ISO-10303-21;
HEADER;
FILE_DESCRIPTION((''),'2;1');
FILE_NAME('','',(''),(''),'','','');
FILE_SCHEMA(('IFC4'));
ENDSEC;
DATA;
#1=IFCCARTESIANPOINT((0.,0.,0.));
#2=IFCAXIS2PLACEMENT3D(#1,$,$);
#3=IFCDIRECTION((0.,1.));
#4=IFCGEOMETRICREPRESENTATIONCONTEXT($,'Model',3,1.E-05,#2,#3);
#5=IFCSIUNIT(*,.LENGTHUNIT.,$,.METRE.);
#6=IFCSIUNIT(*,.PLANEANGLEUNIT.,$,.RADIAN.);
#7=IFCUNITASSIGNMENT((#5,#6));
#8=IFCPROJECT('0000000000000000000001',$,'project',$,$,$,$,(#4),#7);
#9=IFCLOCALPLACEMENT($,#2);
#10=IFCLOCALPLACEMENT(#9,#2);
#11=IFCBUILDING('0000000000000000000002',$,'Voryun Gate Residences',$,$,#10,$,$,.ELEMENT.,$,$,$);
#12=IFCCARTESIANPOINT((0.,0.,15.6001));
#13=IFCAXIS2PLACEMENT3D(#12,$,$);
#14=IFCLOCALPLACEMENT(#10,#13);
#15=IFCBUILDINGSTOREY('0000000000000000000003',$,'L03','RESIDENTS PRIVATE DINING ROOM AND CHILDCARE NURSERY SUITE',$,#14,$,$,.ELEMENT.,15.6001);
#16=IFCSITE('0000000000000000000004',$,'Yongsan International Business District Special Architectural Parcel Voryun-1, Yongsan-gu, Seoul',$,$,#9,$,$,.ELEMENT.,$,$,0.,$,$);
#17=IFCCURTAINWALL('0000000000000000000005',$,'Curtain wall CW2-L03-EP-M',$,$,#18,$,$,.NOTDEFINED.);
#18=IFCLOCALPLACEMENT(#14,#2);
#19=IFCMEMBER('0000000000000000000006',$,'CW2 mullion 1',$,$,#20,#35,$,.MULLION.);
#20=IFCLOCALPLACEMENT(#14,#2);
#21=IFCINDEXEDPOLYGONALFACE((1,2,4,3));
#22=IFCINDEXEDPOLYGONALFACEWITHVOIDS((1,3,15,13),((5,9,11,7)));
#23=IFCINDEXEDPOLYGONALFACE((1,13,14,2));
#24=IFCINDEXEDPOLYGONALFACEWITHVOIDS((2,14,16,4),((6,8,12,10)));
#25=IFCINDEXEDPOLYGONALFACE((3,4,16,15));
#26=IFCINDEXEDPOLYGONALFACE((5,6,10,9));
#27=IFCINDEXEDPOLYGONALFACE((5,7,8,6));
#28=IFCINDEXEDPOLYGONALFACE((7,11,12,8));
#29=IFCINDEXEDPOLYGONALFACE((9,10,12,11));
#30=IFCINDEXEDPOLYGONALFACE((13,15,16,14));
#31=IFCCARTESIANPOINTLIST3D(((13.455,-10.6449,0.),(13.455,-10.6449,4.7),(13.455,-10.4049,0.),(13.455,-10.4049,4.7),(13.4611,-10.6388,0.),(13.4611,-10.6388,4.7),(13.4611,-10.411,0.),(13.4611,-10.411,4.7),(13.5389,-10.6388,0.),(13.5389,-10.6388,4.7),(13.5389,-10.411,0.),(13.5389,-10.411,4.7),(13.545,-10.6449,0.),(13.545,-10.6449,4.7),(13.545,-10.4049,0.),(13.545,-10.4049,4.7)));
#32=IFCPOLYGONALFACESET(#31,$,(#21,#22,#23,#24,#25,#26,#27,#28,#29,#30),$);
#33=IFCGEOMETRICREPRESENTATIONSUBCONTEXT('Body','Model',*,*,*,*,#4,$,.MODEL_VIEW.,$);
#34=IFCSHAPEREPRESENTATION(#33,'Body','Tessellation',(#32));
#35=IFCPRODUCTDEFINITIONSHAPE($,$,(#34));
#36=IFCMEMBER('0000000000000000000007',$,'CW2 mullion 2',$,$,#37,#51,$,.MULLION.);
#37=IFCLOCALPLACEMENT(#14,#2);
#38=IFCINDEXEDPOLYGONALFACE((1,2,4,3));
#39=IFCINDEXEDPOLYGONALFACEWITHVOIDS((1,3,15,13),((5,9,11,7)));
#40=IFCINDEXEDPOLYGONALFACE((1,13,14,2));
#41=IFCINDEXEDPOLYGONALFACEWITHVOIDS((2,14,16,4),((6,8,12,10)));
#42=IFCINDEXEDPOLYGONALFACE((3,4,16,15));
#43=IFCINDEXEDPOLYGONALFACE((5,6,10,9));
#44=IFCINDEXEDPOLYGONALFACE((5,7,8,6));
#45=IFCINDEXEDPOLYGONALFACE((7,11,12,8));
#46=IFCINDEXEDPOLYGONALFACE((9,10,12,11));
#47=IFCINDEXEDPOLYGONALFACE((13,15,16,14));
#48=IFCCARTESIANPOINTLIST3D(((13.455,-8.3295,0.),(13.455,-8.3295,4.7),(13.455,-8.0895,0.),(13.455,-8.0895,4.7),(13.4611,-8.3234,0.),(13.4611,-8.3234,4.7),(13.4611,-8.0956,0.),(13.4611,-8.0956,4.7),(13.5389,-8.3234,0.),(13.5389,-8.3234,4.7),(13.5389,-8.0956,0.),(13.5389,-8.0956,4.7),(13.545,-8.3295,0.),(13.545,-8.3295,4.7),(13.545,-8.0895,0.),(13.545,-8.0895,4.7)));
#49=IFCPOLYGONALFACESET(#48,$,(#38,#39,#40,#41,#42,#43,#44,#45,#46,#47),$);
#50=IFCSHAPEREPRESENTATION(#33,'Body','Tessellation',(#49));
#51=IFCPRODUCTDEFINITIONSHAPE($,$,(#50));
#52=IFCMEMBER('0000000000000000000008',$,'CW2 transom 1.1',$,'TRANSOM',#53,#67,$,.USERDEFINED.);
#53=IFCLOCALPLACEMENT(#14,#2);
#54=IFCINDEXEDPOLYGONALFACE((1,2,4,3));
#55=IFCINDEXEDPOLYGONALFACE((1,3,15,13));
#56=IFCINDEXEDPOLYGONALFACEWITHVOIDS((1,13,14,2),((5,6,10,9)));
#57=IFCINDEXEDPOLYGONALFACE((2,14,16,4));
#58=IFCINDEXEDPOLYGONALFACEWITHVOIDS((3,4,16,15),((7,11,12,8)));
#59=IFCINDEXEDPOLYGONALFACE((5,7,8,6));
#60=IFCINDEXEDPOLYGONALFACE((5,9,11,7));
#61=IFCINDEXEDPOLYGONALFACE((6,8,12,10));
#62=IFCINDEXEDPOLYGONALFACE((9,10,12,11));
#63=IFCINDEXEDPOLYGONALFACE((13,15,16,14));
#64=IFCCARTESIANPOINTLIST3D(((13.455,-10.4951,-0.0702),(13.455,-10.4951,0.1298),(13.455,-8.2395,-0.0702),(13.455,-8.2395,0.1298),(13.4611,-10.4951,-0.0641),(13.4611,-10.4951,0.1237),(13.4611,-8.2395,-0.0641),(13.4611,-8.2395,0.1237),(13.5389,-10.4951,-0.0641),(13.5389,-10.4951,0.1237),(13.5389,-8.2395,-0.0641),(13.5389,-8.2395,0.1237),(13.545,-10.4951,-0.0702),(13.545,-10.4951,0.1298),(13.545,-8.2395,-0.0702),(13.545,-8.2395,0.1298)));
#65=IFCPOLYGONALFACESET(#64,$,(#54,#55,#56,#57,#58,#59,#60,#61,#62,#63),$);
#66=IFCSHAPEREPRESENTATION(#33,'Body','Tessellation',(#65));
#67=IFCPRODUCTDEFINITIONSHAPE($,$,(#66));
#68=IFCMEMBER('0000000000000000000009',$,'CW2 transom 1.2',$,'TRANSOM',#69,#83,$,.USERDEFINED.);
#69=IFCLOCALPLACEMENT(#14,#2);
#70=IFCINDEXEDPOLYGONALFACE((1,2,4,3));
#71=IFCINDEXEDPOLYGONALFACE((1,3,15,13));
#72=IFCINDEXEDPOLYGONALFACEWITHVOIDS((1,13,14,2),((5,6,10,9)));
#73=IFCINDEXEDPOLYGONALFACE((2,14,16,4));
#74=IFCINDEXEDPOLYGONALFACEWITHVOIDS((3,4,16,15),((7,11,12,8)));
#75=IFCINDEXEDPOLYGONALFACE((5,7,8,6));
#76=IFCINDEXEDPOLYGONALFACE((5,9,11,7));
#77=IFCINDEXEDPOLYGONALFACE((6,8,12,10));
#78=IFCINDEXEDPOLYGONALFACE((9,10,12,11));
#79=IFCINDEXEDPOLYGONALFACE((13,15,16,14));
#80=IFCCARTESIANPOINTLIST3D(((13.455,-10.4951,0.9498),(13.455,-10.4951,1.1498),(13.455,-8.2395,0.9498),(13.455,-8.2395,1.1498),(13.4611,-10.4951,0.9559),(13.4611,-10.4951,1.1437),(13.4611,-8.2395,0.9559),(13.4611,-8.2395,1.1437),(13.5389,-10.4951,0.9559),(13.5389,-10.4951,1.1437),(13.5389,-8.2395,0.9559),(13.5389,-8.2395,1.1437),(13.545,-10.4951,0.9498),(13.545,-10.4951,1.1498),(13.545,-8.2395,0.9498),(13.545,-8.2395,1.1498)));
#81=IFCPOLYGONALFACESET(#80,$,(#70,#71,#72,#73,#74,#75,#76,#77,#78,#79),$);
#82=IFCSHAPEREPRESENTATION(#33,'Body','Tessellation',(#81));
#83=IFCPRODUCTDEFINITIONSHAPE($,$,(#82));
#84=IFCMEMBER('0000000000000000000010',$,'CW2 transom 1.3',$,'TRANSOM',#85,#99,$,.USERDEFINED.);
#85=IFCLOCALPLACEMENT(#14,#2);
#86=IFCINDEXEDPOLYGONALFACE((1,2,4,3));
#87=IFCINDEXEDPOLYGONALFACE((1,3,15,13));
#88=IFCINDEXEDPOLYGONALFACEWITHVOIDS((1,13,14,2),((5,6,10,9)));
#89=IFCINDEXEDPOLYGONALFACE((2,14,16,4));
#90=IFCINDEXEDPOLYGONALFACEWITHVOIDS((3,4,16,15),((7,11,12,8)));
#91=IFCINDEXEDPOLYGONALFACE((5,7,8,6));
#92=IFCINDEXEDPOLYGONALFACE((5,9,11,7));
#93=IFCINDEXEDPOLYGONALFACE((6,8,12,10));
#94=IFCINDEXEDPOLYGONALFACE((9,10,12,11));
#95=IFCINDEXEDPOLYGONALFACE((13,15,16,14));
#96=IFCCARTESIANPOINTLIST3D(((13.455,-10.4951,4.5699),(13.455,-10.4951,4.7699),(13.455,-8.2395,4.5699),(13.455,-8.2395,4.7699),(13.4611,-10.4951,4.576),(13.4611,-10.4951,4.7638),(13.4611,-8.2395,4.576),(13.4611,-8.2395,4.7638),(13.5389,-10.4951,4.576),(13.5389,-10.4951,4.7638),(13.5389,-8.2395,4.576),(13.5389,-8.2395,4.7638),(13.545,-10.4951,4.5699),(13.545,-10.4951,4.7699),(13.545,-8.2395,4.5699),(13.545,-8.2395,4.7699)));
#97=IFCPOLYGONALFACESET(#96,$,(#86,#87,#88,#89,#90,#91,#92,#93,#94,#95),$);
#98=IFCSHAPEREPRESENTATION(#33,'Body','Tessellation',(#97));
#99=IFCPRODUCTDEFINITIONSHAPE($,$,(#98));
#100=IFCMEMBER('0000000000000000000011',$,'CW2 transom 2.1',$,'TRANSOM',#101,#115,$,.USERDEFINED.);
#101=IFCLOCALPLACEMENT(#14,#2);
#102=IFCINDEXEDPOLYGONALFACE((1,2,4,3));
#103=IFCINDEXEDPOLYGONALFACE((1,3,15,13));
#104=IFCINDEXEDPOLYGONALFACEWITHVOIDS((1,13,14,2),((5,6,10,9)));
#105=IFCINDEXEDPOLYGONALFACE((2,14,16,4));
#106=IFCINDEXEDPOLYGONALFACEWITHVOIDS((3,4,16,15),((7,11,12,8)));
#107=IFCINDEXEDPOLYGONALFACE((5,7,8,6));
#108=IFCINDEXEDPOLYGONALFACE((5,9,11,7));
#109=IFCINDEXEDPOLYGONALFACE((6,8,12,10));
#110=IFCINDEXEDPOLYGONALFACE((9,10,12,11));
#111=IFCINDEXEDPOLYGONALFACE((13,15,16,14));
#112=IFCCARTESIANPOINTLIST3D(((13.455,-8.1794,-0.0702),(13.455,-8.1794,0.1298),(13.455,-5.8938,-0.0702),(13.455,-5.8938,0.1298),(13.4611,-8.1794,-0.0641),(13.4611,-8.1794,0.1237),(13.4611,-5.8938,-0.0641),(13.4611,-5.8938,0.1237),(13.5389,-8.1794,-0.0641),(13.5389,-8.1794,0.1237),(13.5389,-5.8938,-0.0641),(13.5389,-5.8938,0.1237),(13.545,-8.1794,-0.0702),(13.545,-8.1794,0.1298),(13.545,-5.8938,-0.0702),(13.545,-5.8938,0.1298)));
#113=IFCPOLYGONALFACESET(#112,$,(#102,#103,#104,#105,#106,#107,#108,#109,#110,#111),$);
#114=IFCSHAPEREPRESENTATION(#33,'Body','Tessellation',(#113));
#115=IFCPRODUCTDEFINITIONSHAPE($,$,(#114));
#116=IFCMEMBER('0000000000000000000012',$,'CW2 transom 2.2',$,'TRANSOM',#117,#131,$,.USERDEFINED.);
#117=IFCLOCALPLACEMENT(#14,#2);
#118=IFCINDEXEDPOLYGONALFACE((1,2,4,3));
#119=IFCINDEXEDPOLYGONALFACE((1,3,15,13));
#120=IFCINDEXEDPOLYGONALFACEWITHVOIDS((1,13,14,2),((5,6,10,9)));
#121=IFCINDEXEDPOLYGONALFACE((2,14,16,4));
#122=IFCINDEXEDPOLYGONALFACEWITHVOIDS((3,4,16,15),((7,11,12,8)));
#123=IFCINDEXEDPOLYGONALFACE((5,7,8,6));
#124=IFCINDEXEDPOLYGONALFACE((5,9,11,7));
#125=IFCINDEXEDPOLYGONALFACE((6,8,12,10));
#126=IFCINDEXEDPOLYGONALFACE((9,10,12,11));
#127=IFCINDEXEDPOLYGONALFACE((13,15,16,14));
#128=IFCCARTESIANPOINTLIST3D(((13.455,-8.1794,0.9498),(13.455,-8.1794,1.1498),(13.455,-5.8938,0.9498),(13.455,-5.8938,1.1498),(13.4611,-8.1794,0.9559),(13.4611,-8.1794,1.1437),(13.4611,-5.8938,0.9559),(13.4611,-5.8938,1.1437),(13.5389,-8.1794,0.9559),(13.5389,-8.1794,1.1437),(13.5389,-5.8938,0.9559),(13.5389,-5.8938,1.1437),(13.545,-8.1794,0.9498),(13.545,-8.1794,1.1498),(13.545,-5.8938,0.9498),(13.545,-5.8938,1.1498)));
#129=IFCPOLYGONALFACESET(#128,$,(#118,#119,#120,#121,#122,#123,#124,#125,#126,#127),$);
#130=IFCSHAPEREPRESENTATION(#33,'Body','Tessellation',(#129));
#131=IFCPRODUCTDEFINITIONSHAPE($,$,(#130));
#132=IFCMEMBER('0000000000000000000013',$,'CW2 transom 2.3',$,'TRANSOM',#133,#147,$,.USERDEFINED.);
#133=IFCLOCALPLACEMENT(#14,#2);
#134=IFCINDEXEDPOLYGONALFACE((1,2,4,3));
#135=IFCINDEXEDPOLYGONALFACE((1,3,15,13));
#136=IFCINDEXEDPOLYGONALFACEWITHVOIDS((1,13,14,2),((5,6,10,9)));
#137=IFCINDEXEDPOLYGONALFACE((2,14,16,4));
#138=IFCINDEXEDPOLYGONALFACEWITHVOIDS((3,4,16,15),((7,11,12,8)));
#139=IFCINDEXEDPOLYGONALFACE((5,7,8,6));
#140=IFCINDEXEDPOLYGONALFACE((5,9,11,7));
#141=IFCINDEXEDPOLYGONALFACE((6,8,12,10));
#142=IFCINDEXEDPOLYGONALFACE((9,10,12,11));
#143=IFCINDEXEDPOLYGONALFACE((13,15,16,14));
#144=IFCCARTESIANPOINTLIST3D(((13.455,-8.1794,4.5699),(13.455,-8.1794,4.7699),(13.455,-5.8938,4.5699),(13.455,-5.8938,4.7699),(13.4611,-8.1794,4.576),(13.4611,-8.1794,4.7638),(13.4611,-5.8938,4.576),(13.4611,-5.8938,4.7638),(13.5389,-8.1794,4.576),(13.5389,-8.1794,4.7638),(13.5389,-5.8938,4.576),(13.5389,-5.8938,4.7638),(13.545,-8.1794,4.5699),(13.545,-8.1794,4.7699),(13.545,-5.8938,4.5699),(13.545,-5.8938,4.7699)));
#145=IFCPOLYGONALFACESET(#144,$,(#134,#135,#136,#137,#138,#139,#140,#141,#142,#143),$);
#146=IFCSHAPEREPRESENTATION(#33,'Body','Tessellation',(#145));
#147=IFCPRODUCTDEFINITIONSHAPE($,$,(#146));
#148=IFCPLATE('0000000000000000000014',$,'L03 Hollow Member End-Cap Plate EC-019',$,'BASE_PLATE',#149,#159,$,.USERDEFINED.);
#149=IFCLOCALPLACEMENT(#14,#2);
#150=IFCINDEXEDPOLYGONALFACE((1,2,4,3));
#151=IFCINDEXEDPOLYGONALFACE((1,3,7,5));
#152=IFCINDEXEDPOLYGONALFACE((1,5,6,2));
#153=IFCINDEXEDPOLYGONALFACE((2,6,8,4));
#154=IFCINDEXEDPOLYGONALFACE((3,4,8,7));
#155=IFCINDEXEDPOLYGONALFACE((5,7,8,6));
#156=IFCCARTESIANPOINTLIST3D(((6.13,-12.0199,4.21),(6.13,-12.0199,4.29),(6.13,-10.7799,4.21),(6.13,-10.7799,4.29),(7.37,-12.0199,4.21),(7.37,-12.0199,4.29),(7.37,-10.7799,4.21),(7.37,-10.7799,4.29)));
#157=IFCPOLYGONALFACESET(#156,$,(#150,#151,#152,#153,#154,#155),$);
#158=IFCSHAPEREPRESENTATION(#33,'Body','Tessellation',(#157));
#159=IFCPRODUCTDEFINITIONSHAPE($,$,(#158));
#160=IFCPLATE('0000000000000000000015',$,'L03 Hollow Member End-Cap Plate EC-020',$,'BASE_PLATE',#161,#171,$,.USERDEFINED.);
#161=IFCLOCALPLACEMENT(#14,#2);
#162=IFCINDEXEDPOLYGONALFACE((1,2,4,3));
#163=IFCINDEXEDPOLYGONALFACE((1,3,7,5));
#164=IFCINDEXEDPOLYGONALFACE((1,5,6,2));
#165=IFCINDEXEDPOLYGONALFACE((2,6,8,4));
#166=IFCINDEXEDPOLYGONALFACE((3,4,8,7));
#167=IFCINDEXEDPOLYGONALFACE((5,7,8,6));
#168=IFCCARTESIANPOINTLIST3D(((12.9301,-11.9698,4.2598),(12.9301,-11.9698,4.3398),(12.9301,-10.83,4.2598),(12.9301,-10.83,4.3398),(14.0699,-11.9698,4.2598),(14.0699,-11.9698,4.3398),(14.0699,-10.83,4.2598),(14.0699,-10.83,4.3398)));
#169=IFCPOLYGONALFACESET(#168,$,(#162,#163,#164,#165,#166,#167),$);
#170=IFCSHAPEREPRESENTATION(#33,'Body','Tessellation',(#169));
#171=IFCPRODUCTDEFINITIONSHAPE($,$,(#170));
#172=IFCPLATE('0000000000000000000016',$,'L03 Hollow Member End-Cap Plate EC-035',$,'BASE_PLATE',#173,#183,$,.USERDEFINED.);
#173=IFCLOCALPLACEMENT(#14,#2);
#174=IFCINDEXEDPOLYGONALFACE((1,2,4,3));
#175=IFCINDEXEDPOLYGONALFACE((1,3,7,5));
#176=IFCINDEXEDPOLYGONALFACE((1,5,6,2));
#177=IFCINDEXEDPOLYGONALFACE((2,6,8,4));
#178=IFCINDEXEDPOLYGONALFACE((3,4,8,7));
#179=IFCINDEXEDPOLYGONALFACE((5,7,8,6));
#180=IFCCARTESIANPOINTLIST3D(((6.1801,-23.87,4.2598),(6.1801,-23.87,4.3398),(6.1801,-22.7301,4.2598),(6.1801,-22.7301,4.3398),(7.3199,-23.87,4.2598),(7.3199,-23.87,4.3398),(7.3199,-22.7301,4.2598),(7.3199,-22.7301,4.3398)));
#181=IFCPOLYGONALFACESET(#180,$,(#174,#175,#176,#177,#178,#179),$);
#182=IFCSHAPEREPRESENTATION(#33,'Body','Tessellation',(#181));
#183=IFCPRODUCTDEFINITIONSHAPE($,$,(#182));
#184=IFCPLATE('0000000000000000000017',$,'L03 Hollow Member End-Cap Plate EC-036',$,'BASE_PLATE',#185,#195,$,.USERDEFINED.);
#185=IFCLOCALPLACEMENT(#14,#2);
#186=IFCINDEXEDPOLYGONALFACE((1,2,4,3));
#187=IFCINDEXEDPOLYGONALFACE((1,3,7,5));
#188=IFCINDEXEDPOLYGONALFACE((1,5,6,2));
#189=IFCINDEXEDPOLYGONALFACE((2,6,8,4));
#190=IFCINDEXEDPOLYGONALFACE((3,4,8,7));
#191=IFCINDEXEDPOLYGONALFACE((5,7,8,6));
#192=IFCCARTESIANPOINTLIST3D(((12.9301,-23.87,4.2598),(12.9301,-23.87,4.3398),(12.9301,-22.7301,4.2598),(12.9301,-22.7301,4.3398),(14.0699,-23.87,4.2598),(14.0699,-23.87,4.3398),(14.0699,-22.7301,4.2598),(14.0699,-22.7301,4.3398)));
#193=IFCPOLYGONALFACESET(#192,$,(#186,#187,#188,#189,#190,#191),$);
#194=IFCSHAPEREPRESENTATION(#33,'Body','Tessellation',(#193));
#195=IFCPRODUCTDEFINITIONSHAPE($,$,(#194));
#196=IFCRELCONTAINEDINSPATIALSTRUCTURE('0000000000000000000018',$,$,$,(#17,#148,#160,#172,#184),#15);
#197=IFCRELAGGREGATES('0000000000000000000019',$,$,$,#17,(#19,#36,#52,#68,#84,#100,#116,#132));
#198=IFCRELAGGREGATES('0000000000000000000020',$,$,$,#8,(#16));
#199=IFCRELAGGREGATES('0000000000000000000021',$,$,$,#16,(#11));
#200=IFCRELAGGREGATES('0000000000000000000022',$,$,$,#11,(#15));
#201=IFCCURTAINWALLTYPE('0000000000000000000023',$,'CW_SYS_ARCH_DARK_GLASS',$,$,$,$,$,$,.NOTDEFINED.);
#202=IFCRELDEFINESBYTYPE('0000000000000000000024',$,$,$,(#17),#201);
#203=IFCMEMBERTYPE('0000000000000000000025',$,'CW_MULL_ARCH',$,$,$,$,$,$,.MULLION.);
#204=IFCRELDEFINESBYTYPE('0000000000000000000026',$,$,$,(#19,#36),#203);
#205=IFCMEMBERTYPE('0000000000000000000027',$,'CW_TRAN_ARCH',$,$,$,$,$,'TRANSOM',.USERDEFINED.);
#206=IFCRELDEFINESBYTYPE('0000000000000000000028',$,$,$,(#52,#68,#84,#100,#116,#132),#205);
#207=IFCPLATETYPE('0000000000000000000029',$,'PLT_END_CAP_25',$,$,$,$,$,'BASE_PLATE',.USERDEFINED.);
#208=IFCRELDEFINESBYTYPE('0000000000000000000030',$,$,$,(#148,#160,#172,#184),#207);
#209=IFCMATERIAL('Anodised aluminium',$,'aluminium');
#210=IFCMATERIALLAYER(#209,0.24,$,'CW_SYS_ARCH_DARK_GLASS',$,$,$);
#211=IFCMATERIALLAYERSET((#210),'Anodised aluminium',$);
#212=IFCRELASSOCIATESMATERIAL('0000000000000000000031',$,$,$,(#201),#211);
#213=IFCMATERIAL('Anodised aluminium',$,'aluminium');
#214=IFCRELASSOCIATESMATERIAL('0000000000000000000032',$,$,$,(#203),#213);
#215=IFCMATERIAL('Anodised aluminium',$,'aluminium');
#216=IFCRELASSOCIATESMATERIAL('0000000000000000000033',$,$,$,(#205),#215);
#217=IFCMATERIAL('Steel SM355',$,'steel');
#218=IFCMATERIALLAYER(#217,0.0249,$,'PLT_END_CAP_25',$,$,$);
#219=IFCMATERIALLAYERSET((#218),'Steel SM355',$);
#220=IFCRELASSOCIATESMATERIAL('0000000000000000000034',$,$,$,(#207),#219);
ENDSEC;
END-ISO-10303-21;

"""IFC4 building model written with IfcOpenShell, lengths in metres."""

from ifc_helpers import new_model, si_unit, direction, frame, origin, origin_2d, place, context, subcontext, project, spatial, rectangle, hollow_rectangle, extrude, material, layer, layer_set, material_profile, profile_set, type_object, element, aggregate, save


model = new_model("IFC4")

# Units and contexts
model_context = context("Model", 3, precision=1e-05, world=origin(), true_north=direction((0.0, 1.0)))
body_context = subcontext(model_context, "Body", "Model", "MODEL_VIEW")
ifc_project = project(units=[si_unit("LENGTHUNIT", "METRE"), si_unit("PLANEANGLEUNIT", "RADIAN")], contexts=[model_context])

# Site, building, storey
site_placement = place(None, origin())
site = spatial("IfcSite", under=ifc_project, at=site_placement, Name="Yongsan International Business District Special Architectural Parcel Voryun-1, Yongsan-gu, Seoul", CompositionType="ELEMENT", RefElevation=0.0)
building_placement = place(site_placement, origin())
building = spatial("IfcBuilding", under=site, at=building_placement, Name="Voryun Gate Residences", CompositionType="ELEMENT")
storey_placement = place(building_placement, frame((0.0, 0.0, 15.6001)))
storey = spatial("IfcBuildingStorey", under=building, at=storey_placement, Name="L03", Description="RESIDENTS PRIVATE DINING ROOM AND CHILDCARE NURSERY SUITE", CompositionType="ELEMENT", Elevation=15.6001)

# Curtain wall, members
ifc_material_1 = material(Name="Anodised aluminium", Category="aluminium")
ifc_layer_1 = layer(ifc_material_1, 0.24, Name="CW_SYS_ARCH_DARK_GLASS")
ifc_layer_set_1 = layer_set([ifc_layer_1], Name="Anodised aluminium")
curtain_wall_type = type_object("IfcCurtainWallType", Name="CW_SYS_ARCH_DARK_GLASS", PredefinedType="NOTDEFINED", material=ifc_layer_set_1)
curtain_wall_placement = place(storey_placement, origin())
curtain_wall = element("IfcCurtainWall", 1, at=curtain_wall_placement, inside=storey, type_object=curtain_wall_type, Name="Curtain wall CW2-L03-EP-M", PredefinedType="NOTDEFINED")
ifc_material_2 = material(Name="Anodised aluminium", Category="aluminium")
ifc_material_profile_1 = material_profile(ifc_material_2, hollow_rectangle(XDim=0.0901, YDim=0.24, WallThickness=0.0061, at=origin_2d()), Name="ALU-MULL-240x90x6")
ifc_profile_set_1 = profile_set([ifc_material_profile_1], Name="Anodised aluminium")
member_type_1 = type_object("IfcMemberType", Name="CW_MULL_ARCH", PredefinedType="MULLION", material=ifc_profile_set_1)
member_1_placement = place(storey_placement, frame((13.5, -10.5249, 0.0), z_axis=(0.0, 0.0, 1.0), x_axis=(-1.0, 0.0, 0.0)))
member_1 = element("IfcMember", 2, at=member_1_placement, type_object=member_type_1, Name="CW2 mullion 1", PredefinedType="MULLION", context=body_context, shape_type="SweptSolid", body=[
    extrude(hollow_rectangle(XDim=0.0901, YDim=0.24, WallThickness=0.0061, at=origin_2d()), origin(), (0.0, 0.0, 1.0), 4.7),
])
member_2_placement = place(storey_placement, frame((13.5, -8.2095, 0.0), z_axis=(0.0, 0.0, 1.0), x_axis=(-1.0, 0.0, 0.0)))
member_2 = element("IfcMember", 3, at=member_2_placement, type_object=member_type_1, Name="CW2 mullion 2", PredefinedType="MULLION", context=body_context, shape_type="SweptSolid", body=[
    extrude(hollow_rectangle(XDim=0.0901, YDim=0.24, WallThickness=0.0061, at=origin_2d()), origin(), (0.0, 0.0, 1.0), 4.7),
])
ifc_material_3 = material(Name="Anodised aluminium", Category="aluminium")
ifc_material_profile_2 = material_profile(ifc_material_3, hollow_rectangle(XDim=0.0901, YDim=0.2, WallThickness=0.0061, at=origin_2d()), Name="ALU-TRAN-200x90x6")
ifc_profile_set_2 = profile_set([ifc_material_profile_2], Name="Anodised aluminium")
member_type_2 = type_object("IfcMemberType", Name="CW_TRAN_ARCH", ElementType="TRANSOM", PredefinedType="USERDEFINED", material=ifc_profile_set_2)
member_3_placement = place(storey_placement, frame((13.5, -10.4951, 0.0298), z_axis=(0.0, 1.0, 0.0), x_axis=(-1.0, 0.0, 0.0)))
member_3 = element("IfcMember", 4, at=member_3_placement, type_object=member_type_2, Name="CW2 transom 1.1", ObjectType="TRANSOM", PredefinedType="USERDEFINED", context=body_context, shape_type="SweptSolid", body=[
    extrude(hollow_rectangle(XDim=0.0901, YDim=0.2, WallThickness=0.0061, at=origin_2d()), origin(), (0.0, 0.0, 1.0), 2.2556),
])
member_4_placement = place(storey_placement, frame((13.5, -10.4951, 1.0498), z_axis=(0.0, 1.0, 0.0), x_axis=(-1.0, 0.0, 0.0)))
member_4 = element("IfcMember", 5, at=member_4_placement, type_object=member_type_2, Name="CW2 transom 1.2", ObjectType="TRANSOM", PredefinedType="USERDEFINED", context=body_context, shape_type="SweptSolid", body=[
    extrude(hollow_rectangle(XDim=0.0901, YDim=0.2, WallThickness=0.0061, at=origin_2d()), origin(), (0.0, 0.0, 1.0), 2.2556),
])
member_5_placement = place(storey_placement, frame((13.5, -10.4951, 4.6699), z_axis=(0.0, 1.0, 0.0), x_axis=(-1.0, 0.0, 0.0)))
member_5 = element("IfcMember", 6, at=member_5_placement, type_object=member_type_2, Name="CW2 transom 1.3", ObjectType="TRANSOM", PredefinedType="USERDEFINED", context=body_context, shape_type="SweptSolid", body=[
    extrude(hollow_rectangle(XDim=0.0901, YDim=0.2, WallThickness=0.0061, at=origin_2d()), origin(), (0.0, 0.0, 1.0), 2.2556),
])
member_6_placement = place(storey_placement, frame((13.5, -8.1794, 0.0298), z_axis=(0.0, 1.0, 0.0), x_axis=(-1.0, 0.0, 0.0)))
member_6 = element("IfcMember", 7, at=member_6_placement, type_object=member_type_2, Name="CW2 transom 2.1", ObjectType="TRANSOM", PredefinedType="USERDEFINED", context=body_context, shape_type="SweptSolid", body=[
    extrude(hollow_rectangle(XDim=0.0901, YDim=0.2, WallThickness=0.0061, at=origin_2d()), origin(), (0.0, 0.0, 1.0), 2.2856),
])
member_7_placement = place(storey_placement, frame((13.5, -8.1794, 1.0498), z_axis=(0.0, 1.0, 0.0), x_axis=(-1.0, 0.0, 0.0)))
member_7 = element("IfcMember", 8, at=member_7_placement, type_object=member_type_2, Name="CW2 transom 2.2", ObjectType="TRANSOM", PredefinedType="USERDEFINED", context=body_context, shape_type="SweptSolid", body=[
    extrude(hollow_rectangle(XDim=0.0901, YDim=0.2, WallThickness=0.0061, at=origin_2d()), origin(), (0.0, 0.0, 1.0), 2.2856),
])
member_8_placement = place(storey_placement, frame((13.5, -8.1794, 4.6699), z_axis=(0.0, 1.0, 0.0), x_axis=(-1.0, 0.0, 0.0)))
member_8 = element("IfcMember", 9, at=member_8_placement, type_object=member_type_2, Name="CW2 transom 2.3", ObjectType="TRANSOM", PredefinedType="USERDEFINED", context=body_context, shape_type="SweptSolid", body=[
    extrude(hollow_rectangle(XDim=0.0901, YDim=0.2, WallThickness=0.0061, at=origin_2d()), origin(), (0.0, 0.0, 1.0), 2.2856),
])

# Plates
ifc_material_4 = material(Name="Steel SM355", Category="steel")
ifc_layer_2 = layer(ifc_material_4, 0.0249, Name="PLT_END_CAP_25")
ifc_layer_set_2 = layer_set([ifc_layer_2], Name="Steel SM355")
plate_type_1 = type_object("IfcPlateType", Name="PLT_END_CAP_25", ElementType="BASE_PLATE", PredefinedType="USERDEFINED", material=ifc_layer_set_2)
plate_1_placement = place(storey_placement, frame((6.75, -11.3999, 4.21), z_axis=(0.0, 0.0, 1.0), x_axis=(1.0, 0.0, 0.0)))
element("IfcPlate", 10, at=plate_1_placement, inside=storey, type_object=plate_type_1, Name="L03 Hollow Member End-Cap Plate EC-019", ObjectType="BASE_PLATE", PredefinedType="USERDEFINED", context=body_context, shape_type="SweptSolid", body=[
    extrude(rectangle(XDim=1.24, YDim=1.24, at=origin_2d()), origin(), (0.0, 0.0, 1.0), 0.0801),
])
for number, where, z_axis, x_axis, name in (
    (11, (13.5, -11.3999, 4.2598), (0.0, 0.0, 1.0), (1.0, 0.0, 0.0), "L03 Hollow Member End-Cap Plate EC-020"),
    (12, (6.75, -23.3, 4.2598), (0.0, 0.0, 1.0), (1.0, 0.0, 0.0), "L03 Hollow Member End-Cap Plate EC-035"),
    (13, (13.5, -23.3, 4.2598), (0.0, 0.0, 1.0), (1.0, 0.0, 0.0), "L03 Hollow Member End-Cap Plate EC-036"),
):
    element("IfcPlate", number, at=place(storey_placement, frame(where, z_axis=z_axis, x_axis=x_axis)), inside=storey, type_object=plate_type_1, Name=name, ObjectType="BASE_PLATE", PredefinedType="USERDEFINED", context=body_context, shape_type="SweptSolid", body=[
        extrude(rectangle(XDim=1.1399, YDim=1.1399, at=origin_2d()), origin(), (0.0, 0.0, 1.0), 0.0801),
    ])

aggregate(curtain_wall, [member_1, member_2, member_3, member_4, member_5, member_6, member_7, member_8])

save(model, "model.ifc")
